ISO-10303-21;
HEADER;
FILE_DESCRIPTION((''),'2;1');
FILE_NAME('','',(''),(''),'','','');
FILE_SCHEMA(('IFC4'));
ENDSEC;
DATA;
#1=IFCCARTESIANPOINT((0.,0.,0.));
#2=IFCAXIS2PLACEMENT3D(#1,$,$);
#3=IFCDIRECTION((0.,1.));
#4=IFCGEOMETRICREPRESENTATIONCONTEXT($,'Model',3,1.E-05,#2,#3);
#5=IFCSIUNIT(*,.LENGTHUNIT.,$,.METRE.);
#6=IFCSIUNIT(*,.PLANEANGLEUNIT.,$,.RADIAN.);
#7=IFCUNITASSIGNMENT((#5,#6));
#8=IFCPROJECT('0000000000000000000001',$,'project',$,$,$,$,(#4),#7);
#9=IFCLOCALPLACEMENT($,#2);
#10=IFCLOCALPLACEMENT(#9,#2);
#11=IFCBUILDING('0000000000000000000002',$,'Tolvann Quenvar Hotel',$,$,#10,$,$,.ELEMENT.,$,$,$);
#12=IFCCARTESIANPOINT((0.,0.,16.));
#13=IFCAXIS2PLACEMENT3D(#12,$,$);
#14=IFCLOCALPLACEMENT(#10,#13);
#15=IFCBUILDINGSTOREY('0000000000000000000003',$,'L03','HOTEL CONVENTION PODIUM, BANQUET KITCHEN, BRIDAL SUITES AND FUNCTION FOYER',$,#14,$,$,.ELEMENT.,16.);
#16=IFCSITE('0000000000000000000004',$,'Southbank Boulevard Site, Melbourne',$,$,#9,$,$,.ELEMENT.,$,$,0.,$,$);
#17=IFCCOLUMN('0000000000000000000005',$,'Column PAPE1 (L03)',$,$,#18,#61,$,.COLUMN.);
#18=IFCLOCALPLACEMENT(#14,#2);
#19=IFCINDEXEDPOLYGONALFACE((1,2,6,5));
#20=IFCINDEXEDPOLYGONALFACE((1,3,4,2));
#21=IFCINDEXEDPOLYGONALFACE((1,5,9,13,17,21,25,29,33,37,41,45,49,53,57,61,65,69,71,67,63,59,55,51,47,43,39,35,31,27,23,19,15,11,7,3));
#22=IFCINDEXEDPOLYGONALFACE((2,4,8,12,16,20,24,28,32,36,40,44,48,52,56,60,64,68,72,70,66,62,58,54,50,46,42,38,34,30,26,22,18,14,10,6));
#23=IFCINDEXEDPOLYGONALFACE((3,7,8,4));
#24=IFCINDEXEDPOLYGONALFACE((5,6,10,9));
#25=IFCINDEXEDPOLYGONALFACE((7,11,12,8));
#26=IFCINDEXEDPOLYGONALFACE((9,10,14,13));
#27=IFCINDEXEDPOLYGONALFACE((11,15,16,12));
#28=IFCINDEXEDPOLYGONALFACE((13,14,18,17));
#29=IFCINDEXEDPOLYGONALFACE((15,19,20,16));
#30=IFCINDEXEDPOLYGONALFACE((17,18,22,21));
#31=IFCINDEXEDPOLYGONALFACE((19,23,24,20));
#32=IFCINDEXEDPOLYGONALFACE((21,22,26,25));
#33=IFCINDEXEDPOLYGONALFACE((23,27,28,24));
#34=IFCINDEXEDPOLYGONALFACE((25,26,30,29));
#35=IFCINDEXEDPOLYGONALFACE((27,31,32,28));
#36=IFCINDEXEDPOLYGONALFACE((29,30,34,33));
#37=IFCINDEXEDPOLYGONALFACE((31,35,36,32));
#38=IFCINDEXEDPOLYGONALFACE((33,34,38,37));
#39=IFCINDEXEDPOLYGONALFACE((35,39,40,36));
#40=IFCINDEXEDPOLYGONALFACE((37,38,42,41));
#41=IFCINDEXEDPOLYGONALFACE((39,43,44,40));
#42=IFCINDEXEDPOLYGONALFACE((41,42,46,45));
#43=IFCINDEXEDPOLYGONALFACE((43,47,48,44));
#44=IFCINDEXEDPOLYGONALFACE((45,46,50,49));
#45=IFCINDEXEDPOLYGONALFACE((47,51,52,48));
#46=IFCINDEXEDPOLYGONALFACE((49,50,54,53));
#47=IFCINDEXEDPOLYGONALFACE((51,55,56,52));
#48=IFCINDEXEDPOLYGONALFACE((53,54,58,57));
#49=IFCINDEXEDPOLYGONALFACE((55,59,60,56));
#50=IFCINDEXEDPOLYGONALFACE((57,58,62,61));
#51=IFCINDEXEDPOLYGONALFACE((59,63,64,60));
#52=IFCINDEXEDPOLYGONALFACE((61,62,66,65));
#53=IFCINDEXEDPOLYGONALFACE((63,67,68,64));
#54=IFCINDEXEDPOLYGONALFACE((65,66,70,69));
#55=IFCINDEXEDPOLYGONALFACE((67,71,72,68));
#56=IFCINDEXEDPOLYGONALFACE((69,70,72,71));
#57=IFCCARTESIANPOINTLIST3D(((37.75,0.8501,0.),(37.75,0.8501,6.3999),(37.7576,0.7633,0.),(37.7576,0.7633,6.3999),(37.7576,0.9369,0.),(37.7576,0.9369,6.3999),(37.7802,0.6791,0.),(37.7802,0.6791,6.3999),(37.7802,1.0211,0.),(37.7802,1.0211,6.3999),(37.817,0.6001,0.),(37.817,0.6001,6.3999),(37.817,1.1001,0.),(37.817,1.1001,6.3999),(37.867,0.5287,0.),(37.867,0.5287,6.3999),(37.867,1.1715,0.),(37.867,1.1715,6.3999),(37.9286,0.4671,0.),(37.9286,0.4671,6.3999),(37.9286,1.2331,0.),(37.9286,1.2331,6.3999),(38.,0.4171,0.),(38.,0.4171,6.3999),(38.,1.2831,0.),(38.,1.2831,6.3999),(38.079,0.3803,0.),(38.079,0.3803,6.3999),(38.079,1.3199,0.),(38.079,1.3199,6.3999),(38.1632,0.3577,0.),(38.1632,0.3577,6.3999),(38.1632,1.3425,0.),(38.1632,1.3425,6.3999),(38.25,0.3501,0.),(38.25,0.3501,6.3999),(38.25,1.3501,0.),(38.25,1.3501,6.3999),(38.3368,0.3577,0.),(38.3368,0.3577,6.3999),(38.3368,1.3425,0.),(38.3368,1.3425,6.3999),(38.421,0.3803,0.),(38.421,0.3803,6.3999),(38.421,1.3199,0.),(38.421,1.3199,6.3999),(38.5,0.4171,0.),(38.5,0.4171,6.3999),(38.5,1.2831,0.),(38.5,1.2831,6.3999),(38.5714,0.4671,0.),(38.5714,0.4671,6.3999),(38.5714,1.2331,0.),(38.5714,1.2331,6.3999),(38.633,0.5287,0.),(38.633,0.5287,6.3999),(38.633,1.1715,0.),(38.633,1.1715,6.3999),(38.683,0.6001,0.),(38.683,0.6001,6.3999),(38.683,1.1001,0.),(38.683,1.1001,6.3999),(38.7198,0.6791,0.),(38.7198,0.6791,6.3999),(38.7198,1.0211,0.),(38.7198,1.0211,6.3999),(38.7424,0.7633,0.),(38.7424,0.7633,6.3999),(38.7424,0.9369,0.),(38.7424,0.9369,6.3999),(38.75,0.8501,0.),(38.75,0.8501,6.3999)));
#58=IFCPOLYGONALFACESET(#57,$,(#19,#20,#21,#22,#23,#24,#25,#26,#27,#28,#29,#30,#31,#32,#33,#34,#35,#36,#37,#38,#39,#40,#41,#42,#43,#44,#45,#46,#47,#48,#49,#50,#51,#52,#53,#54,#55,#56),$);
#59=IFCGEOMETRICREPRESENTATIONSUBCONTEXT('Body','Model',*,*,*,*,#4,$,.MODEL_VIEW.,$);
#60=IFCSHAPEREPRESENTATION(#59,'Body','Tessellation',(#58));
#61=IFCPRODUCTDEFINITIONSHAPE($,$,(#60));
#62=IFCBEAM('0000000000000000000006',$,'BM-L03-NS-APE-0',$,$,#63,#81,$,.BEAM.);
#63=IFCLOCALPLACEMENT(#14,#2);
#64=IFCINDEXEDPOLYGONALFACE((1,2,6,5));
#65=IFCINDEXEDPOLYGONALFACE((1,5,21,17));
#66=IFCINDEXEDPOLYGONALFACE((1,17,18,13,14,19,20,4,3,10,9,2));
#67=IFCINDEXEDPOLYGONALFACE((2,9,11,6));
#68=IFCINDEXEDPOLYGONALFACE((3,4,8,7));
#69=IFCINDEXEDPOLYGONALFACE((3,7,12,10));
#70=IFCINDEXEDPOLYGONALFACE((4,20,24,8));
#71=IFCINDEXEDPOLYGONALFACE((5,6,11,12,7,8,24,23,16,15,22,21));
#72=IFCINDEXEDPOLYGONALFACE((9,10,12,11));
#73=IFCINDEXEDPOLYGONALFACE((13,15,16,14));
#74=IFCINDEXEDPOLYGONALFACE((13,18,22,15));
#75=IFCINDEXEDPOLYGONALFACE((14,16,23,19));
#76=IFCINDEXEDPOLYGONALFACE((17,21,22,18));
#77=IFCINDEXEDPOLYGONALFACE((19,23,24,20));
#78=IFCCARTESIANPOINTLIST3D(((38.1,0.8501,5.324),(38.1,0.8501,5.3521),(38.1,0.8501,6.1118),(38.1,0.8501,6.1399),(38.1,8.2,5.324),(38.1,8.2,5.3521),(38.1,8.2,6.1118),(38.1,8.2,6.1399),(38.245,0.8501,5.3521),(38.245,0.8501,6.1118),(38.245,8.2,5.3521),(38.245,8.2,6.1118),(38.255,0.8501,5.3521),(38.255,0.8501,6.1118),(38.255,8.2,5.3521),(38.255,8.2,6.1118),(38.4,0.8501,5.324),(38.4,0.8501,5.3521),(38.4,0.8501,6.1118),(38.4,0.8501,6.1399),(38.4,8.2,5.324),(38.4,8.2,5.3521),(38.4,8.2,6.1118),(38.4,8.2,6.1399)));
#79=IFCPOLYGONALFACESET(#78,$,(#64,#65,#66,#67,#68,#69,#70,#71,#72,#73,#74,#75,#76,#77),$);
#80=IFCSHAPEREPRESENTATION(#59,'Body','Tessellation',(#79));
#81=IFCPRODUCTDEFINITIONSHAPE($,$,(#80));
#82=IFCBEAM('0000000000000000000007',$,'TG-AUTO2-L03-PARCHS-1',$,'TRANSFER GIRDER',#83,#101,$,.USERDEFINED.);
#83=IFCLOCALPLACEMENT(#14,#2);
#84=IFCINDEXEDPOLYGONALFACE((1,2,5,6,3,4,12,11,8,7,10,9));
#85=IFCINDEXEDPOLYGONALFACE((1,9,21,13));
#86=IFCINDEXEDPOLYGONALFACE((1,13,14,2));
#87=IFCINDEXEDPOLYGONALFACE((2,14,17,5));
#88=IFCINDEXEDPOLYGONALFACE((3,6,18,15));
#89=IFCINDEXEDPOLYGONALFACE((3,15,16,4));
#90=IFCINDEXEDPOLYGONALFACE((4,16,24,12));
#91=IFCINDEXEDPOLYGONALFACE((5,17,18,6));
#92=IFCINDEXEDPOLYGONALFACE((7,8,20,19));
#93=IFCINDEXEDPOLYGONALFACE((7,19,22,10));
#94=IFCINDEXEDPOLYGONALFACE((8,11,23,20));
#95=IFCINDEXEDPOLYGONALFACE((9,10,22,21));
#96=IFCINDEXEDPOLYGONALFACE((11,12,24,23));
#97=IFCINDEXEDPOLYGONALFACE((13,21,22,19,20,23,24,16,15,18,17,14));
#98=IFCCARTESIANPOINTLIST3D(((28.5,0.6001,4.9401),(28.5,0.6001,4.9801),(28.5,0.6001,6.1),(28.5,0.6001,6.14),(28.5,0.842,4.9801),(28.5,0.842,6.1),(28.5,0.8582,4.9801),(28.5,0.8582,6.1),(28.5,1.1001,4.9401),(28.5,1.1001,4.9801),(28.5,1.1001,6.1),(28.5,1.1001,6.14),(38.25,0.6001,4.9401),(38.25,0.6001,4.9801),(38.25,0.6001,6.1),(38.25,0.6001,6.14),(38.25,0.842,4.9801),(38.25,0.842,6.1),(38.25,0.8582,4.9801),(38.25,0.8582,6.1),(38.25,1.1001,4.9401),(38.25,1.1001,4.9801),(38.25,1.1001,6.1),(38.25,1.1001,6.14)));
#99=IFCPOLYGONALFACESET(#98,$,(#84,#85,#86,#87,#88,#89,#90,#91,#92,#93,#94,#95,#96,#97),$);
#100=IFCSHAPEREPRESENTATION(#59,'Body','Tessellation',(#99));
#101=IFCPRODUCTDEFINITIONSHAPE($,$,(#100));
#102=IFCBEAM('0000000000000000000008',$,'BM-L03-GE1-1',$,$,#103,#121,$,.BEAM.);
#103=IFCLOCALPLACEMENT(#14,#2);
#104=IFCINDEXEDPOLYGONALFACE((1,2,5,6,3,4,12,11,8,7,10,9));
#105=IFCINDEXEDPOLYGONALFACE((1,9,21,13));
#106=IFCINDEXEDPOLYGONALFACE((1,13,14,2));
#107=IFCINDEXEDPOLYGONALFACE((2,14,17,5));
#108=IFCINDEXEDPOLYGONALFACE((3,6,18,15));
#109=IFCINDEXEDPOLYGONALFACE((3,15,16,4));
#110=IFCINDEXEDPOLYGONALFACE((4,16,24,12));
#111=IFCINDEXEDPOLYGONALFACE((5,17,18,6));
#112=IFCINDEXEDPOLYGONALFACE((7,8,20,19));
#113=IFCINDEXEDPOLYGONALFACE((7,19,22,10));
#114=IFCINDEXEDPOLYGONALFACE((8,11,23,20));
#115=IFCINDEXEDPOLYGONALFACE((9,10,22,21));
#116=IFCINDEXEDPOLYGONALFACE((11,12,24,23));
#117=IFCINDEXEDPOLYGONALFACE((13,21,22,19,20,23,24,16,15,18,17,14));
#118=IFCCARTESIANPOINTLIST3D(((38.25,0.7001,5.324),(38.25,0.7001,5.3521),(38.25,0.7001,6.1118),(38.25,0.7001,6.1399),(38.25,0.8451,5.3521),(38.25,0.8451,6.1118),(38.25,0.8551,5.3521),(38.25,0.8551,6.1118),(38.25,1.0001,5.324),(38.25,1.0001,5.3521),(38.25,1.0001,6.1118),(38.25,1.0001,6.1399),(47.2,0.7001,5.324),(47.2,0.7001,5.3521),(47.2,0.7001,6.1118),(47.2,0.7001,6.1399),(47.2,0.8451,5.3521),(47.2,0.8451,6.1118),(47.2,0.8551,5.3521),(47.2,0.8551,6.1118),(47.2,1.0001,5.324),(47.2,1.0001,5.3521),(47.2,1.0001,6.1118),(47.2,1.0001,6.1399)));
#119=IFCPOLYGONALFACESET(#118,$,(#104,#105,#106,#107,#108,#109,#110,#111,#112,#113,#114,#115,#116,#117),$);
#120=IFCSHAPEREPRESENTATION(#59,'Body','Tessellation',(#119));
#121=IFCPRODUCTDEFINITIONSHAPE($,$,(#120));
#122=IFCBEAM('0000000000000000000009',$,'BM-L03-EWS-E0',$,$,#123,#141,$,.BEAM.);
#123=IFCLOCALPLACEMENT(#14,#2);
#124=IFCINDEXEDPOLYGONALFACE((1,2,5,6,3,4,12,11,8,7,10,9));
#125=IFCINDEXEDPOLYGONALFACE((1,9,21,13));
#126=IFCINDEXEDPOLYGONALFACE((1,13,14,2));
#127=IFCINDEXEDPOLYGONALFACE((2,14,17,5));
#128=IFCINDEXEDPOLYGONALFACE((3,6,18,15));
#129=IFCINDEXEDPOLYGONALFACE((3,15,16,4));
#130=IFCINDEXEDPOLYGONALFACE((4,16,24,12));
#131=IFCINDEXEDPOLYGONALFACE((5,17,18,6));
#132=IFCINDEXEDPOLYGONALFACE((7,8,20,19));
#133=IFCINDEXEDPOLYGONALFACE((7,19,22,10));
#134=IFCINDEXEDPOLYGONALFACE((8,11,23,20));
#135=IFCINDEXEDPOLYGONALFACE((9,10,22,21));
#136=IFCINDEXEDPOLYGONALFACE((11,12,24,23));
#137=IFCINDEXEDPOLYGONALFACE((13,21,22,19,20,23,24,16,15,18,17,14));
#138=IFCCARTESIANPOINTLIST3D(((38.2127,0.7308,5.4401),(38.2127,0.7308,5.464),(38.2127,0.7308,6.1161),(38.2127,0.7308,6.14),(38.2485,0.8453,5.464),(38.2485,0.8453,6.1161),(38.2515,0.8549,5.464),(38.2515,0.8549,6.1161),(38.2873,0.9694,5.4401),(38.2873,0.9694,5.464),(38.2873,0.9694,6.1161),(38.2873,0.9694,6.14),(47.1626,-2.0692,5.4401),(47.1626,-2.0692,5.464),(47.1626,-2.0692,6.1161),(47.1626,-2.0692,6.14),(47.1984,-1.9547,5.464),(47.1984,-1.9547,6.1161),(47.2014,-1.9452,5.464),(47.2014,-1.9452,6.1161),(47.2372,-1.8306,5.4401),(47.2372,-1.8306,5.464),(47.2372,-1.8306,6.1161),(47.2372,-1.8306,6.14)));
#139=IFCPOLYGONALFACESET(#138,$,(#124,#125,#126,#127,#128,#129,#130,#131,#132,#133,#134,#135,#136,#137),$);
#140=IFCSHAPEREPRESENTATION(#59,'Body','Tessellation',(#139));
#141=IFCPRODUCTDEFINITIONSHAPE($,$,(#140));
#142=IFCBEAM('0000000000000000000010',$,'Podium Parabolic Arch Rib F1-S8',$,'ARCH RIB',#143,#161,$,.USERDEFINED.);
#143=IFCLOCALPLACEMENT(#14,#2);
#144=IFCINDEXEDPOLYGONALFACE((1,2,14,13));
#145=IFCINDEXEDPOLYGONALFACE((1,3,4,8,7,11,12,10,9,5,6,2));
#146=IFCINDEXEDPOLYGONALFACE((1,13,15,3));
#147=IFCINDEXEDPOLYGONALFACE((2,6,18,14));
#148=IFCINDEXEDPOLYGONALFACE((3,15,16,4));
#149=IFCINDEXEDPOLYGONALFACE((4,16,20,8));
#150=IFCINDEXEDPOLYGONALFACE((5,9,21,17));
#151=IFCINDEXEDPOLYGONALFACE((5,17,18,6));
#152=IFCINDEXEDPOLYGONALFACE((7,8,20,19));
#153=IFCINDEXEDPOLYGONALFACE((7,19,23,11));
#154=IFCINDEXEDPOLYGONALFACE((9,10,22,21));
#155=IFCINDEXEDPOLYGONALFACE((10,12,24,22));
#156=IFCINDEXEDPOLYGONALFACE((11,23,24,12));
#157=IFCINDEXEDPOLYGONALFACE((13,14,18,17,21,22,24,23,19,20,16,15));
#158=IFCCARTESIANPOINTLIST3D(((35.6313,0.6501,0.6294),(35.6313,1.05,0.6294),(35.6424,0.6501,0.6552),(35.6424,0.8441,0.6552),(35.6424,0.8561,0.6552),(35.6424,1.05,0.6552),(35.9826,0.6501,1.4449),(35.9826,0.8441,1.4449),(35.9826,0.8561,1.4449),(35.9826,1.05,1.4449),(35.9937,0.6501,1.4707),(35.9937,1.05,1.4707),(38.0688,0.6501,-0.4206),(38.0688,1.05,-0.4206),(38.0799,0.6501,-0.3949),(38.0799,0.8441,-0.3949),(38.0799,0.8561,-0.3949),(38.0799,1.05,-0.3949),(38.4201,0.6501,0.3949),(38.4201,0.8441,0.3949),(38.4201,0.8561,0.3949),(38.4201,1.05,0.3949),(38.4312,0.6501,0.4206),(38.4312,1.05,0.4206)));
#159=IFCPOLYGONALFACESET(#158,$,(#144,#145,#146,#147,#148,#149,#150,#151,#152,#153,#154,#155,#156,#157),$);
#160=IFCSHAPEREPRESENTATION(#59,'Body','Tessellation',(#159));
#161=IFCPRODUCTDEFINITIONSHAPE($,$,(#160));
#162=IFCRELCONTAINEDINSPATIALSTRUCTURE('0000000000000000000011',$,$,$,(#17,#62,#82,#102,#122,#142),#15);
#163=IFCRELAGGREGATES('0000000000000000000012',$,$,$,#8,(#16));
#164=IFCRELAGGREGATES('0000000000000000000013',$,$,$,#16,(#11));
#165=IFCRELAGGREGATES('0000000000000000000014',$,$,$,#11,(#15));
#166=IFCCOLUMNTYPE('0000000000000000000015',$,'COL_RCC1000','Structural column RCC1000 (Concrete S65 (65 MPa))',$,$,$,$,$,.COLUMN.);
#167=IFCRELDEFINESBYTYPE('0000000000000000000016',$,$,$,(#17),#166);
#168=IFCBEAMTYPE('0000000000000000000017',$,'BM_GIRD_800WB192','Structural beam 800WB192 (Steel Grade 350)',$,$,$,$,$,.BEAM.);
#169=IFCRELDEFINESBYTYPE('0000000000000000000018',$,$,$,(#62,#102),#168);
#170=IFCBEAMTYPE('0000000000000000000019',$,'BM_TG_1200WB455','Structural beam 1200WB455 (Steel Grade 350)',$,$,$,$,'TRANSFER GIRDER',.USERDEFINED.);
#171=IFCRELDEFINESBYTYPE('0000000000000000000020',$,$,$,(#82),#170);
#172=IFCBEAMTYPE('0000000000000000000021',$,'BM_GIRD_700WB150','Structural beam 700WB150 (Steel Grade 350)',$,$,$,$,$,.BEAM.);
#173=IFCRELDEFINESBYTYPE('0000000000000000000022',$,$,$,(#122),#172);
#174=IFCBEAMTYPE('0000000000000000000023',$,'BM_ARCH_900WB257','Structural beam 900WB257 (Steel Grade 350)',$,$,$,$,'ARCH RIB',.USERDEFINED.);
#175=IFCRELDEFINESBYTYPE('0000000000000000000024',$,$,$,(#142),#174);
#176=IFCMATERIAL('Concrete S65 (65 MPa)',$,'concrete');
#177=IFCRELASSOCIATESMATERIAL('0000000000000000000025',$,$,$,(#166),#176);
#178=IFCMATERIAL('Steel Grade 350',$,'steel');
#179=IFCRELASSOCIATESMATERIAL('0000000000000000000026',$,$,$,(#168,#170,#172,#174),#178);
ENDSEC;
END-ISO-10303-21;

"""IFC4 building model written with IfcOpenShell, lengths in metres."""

from ifc_helpers import new_model, si_unit, direction, frame, origin, origin_2d, place, context, subcontext, project, spatial, circle, i_section, extrude, source, transform, mapped, material, material_profile, profile_set, type_object, type_shapes, element, save


model = new_model("IFC4")

# Units and contexts
model_context = context("Model", 3, precision=1e-05, world=origin(), true_north=direction((0.0, 1.0)))
body_context = subcontext(model_context, "Body", "Model", "MODEL_VIEW")
ifc_project = project(units=[si_unit("LENGTHUNIT", "METRE"), si_unit("PLANEANGLEUNIT", "RADIAN")], contexts=[model_context])

# Site, building, storey
site_placement = place(None, origin())
site = spatial("IfcSite", under=ifc_project, at=site_placement, Name="Southbank Boulevard Site, Melbourne", CompositionType="ELEMENT", RefElevation=0.0)
building_placement = place(site_placement, origin())
building = spatial("IfcBuilding", under=site, at=building_placement, Name="Tolvann Quenvar Hotel", CompositionType="ELEMENT")
storey_placement = place(building_placement, frame((0.0, 0.0, 16.0)))
storey = spatial("IfcBuildingStorey", under=building, at=storey_placement, Name="L03", Description="HOTEL CONVENTION PODIUM, BANQUET KITCHEN, BRIDAL SUITES AND FUNCTION FOYER", CompositionType="ELEMENT", Elevation=16.0)

# Column
ifc_material_1 = material(Name="Concrete S65 (65 MPa)", Category="concrete")
ifc_material_profile_1 = material_profile(ifc_material_1, circle(Radius=0.5, at=origin_2d()), Name="RCC1000")
ifc_profile_set_1 = profile_set([ifc_material_profile_1], Name="Concrete S65 (65 MPa)")
column_type = type_object("IfcColumnType", Name="COL_RCC1000", Description="Structural column RCC1000 (Concrete S65 (65 MPa))", PredefinedType="COLUMN", material=ifc_profile_set_1)
shared_shape_1 = source(origin(), body_context, "Body", "SweptSolid", [
    extrude(circle(Radius=0.5, at=origin_2d()), origin(), (0.0, 0.0, 1.0), 6.3999),
])
type_shapes(column_type, [shared_shape_1])
column_placement = place(storey_placement, frame((38.25, 0.8501, 0.0), z_axis=(0.0, 0.0, 1.0), x_axis=(1.0, 0.0, 0.0)))
element("IfcColumn", 1, at=column_placement, inside=storey, type_object=column_type, Name="Column PAPE1 (L03)", PredefinedType="COLUMN", context=body_context, shape_type="MappedRepresentation", body=[
    mapped(shared_shape_1, transform((0.0, 0.0, 0.0), x_axis=(1.0, 0.0, 0.0), y_axis=(0.0, 1.0, 0.0), z_axis=(0.0, 0.0, 1.0), scale=1.0)),
])

# Beams
ifc_material_2 = material(Name="Steel Grade 350", Category="steel")
ifc_material_profile_2 = material_profile(ifc_material_2, i_section(OverallWidth=0.3, OverallDepth=0.8159, WebThickness=0.01, FlangeThickness=0.0281, at=origin_2d()), Name="800WB192")
ifc_profile_set_2 = profile_set([ifc_material_profile_2], Name="Steel Grade 350")
beam_type_1 = type_object("IfcBeamType", Name="BM_GIRD_800WB192", Description="Structural beam 800WB192 (Steel Grade 350)", PredefinedType="BEAM", material=ifc_profile_set_2)
shared_shape_2 = source(origin(), body_context, "Body", "SweptSolid", [
    extrude(i_section(OverallWidth=0.3, OverallDepth=0.8159, WebThickness=0.01, FlangeThickness=0.0281, at=origin_2d()), origin(), (0.0, 0.0, 1.0), 7.3499),
])
beam_1_placement = place(storey_placement, frame((38.25, 0.8501, 5.7319), z_axis=(0.0, 1.0, 0.0), x_axis=(-1.0, 0.0, 0.0)))
element("IfcBeam", 2, at=beam_1_placement, inside=storey, type_object=beam_type_1, Name="BM-L03-NS-APE-0", PredefinedType="BEAM", context=body_context, shape_type="MappedRepresentation", body=[
    mapped(shared_shape_2, transform((0.0, 0.0, 0.0), x_axis=(1.0, 0.0, 0.0), y_axis=(0.0, 1.0, 0.0), z_axis=(0.0, 0.0, 1.0), scale=1.0)),
])
ifc_material_profile_3 = material_profile(ifc_material_2, i_section(OverallWidth=0.5, OverallDepth=1.2, WebThickness=0.0161, FlangeThickness=0.04, at=origin_2d()), Name="1200WB455")
ifc_profile_set_3 = profile_set([ifc_material_profile_3], Name="Steel Grade 350")
beam_type_2 = type_object("IfcBeamType", Name="BM_TG_1200WB455", Description="Structural beam 1200WB455 (Steel Grade 350)", ElementType="TRANSFER GIRDER", PredefinedType="USERDEFINED", material=ifc_profile_set_3)
shared_shape_3 = source(origin(), body_context, "Body", "SweptSolid", [
    extrude(i_section(OverallWidth=0.5, OverallDepth=1.2, WebThickness=0.0161, FlangeThickness=0.04, at=origin_2d()), origin(), (0.0, 0.0, 1.0), 9.75),
])
type_shapes(beam_type_2, [shared_shape_3])
beam_2_placement = place(storey_placement, frame((28.5, 0.8501, 5.54), z_axis=(1.0, 0.0, 0.0), x_axis=(0.0, 1.0, 0.0)))
element("IfcBeam", 3, at=beam_2_placement, inside=storey, type_object=beam_type_2, Name="TG-AUTO2-L03-PARCHS-1", ObjectType="TRANSFER GIRDER", PredefinedType="USERDEFINED", context=body_context, shape_type="MappedRepresentation", body=[
    mapped(shared_shape_3, transform((0.0, 0.0, 0.0), x_axis=(1.0, 0.0, 0.0), y_axis=(0.0, 1.0, 0.0), z_axis=(0.0, 0.0, 1.0), scale=1.0)),
])
shared_shape_4 = source(origin(), body_context, "Body", "SweptSolid", [
    extrude(i_section(OverallWidth=0.3, OverallDepth=0.8159, WebThickness=0.01, FlangeThickness=0.0281, at=origin_2d()), origin(), (0.0, 0.0, 1.0), 8.95),
])
type_shapes(beam_type_1, [shared_shape_2, shared_shape_4])
beam_3_placement = place(storey_placement, frame((38.25, 0.8501, 5.7319), z_axis=(1.0, 0.0, 0.0), x_axis=(0.0, 1.0, 0.0)))
element("IfcBeam", 4, at=beam_3_placement, inside=storey, type_object=beam_type_1, Name="BM-L03-GE1-1", PredefinedType="BEAM", context=body_context, shape_type="MappedRepresentation", body=[
    mapped(shared_shape_4, transform((0.0, 0.0, 0.0), x_axis=(1.0, 0.0, 0.0), y_axis=(0.0, 1.0, 0.0), z_axis=(0.0, 0.0, 1.0), scale=1.0)),
])
ifc_material_profile_4 = material_profile(ifc_material_2, i_section(OverallWidth=0.25, OverallDepth=0.7, WebThickness=0.01, FlangeThickness=0.0239, at=origin_2d()), Name="700WB150")
ifc_profile_set_4 = profile_set([ifc_material_profile_4], Name="Steel Grade 350")
beam_type_3 = type_object("IfcBeamType", Name="BM_GIRD_700WB150", Description="Structural beam 700WB150 (Steel Grade 350)", PredefinedType="BEAM", material=ifc_profile_set_4)
shared_shape_5 = source(origin(), body_context, "Body", "SweptSolid", [
    extrude(i_section(OverallWidth=0.25, OverallDepth=0.7, WebThickness=0.01, FlangeThickness=0.0239, at=origin_2d()), origin(), (0.0, 0.0, 1.0), 9.3777),
])
type_shapes(beam_type_3, [shared_shape_5])
beam_4_placement = place(storey_placement, frame((38.25, 0.8501, 5.79), z_axis=(0.954383, -0.298585, 0.0), x_axis=(0.298585, 0.954383, 0.0)))
element("IfcBeam", 5, at=beam_4_placement, inside=storey, type_object=beam_type_3, Name="BM-L03-EWS-E0", PredefinedType="BEAM", context=body_context, shape_type="MappedRepresentation", body=[
    mapped(shared_shape_5, transform((0.0, 0.0, 0.0), x_axis=(1.0, 0.0, 0.0), y_axis=(0.0, 1.0, 0.0), z_axis=(0.0, 0.0, 1.0), scale=1.0)),
])
ifc_material_profile_5 = material_profile(ifc_material_2, i_section(OverallWidth=0.3999, OverallDepth=0.916, WebThickness=0.012, FlangeThickness=0.0281, at=origin_2d()), Name="900WB257")
ifc_profile_set_5 = profile_set([ifc_material_profile_5], Name="Steel Grade 350")
beam_type_4 = type_object("IfcBeamType", Name="BM_ARCH_900WB257", Description="Structural beam 900WB257 (Steel Grade 350)", ElementType="ARCH RIB", PredefinedType="USERDEFINED", material=ifc_profile_set_5)
shared_shape_6 = source(origin(), body_context, "Body", "SweptSolid", [
    extrude(i_section(OverallWidth=0.3999, OverallDepth=0.916, WebThickness=0.012, FlangeThickness=0.0281, at=origin_2d()), origin(), (0.0, 0.0, 1.0), 2.6541),
])
beam_5_placement = place(storey_placement, frame((35.8125, 0.8501, 1.05), z_axis=(0.918406, 0.0, -0.395639), x_axis=(0.0, 1.0, 0.0)))
element("IfcBeam", 6, at=beam_5_placement, inside=storey, type_object=beam_type_4, Name="Podium Parabolic Arch Rib F1-S8", ObjectType="ARCH RIB", PredefinedType="USERDEFINED", context=body_context, shape_type="MappedRepresentation", body=[
    mapped(shared_shape_6, transform((0.0, 0.0, 0.0), x_axis=(1.0, 0.0, 0.0), y_axis=(0.0, 1.0, 0.0), z_axis=(0.0, 0.0, 1.0), scale=1.0)),
])

save(model, "model.ifc")
